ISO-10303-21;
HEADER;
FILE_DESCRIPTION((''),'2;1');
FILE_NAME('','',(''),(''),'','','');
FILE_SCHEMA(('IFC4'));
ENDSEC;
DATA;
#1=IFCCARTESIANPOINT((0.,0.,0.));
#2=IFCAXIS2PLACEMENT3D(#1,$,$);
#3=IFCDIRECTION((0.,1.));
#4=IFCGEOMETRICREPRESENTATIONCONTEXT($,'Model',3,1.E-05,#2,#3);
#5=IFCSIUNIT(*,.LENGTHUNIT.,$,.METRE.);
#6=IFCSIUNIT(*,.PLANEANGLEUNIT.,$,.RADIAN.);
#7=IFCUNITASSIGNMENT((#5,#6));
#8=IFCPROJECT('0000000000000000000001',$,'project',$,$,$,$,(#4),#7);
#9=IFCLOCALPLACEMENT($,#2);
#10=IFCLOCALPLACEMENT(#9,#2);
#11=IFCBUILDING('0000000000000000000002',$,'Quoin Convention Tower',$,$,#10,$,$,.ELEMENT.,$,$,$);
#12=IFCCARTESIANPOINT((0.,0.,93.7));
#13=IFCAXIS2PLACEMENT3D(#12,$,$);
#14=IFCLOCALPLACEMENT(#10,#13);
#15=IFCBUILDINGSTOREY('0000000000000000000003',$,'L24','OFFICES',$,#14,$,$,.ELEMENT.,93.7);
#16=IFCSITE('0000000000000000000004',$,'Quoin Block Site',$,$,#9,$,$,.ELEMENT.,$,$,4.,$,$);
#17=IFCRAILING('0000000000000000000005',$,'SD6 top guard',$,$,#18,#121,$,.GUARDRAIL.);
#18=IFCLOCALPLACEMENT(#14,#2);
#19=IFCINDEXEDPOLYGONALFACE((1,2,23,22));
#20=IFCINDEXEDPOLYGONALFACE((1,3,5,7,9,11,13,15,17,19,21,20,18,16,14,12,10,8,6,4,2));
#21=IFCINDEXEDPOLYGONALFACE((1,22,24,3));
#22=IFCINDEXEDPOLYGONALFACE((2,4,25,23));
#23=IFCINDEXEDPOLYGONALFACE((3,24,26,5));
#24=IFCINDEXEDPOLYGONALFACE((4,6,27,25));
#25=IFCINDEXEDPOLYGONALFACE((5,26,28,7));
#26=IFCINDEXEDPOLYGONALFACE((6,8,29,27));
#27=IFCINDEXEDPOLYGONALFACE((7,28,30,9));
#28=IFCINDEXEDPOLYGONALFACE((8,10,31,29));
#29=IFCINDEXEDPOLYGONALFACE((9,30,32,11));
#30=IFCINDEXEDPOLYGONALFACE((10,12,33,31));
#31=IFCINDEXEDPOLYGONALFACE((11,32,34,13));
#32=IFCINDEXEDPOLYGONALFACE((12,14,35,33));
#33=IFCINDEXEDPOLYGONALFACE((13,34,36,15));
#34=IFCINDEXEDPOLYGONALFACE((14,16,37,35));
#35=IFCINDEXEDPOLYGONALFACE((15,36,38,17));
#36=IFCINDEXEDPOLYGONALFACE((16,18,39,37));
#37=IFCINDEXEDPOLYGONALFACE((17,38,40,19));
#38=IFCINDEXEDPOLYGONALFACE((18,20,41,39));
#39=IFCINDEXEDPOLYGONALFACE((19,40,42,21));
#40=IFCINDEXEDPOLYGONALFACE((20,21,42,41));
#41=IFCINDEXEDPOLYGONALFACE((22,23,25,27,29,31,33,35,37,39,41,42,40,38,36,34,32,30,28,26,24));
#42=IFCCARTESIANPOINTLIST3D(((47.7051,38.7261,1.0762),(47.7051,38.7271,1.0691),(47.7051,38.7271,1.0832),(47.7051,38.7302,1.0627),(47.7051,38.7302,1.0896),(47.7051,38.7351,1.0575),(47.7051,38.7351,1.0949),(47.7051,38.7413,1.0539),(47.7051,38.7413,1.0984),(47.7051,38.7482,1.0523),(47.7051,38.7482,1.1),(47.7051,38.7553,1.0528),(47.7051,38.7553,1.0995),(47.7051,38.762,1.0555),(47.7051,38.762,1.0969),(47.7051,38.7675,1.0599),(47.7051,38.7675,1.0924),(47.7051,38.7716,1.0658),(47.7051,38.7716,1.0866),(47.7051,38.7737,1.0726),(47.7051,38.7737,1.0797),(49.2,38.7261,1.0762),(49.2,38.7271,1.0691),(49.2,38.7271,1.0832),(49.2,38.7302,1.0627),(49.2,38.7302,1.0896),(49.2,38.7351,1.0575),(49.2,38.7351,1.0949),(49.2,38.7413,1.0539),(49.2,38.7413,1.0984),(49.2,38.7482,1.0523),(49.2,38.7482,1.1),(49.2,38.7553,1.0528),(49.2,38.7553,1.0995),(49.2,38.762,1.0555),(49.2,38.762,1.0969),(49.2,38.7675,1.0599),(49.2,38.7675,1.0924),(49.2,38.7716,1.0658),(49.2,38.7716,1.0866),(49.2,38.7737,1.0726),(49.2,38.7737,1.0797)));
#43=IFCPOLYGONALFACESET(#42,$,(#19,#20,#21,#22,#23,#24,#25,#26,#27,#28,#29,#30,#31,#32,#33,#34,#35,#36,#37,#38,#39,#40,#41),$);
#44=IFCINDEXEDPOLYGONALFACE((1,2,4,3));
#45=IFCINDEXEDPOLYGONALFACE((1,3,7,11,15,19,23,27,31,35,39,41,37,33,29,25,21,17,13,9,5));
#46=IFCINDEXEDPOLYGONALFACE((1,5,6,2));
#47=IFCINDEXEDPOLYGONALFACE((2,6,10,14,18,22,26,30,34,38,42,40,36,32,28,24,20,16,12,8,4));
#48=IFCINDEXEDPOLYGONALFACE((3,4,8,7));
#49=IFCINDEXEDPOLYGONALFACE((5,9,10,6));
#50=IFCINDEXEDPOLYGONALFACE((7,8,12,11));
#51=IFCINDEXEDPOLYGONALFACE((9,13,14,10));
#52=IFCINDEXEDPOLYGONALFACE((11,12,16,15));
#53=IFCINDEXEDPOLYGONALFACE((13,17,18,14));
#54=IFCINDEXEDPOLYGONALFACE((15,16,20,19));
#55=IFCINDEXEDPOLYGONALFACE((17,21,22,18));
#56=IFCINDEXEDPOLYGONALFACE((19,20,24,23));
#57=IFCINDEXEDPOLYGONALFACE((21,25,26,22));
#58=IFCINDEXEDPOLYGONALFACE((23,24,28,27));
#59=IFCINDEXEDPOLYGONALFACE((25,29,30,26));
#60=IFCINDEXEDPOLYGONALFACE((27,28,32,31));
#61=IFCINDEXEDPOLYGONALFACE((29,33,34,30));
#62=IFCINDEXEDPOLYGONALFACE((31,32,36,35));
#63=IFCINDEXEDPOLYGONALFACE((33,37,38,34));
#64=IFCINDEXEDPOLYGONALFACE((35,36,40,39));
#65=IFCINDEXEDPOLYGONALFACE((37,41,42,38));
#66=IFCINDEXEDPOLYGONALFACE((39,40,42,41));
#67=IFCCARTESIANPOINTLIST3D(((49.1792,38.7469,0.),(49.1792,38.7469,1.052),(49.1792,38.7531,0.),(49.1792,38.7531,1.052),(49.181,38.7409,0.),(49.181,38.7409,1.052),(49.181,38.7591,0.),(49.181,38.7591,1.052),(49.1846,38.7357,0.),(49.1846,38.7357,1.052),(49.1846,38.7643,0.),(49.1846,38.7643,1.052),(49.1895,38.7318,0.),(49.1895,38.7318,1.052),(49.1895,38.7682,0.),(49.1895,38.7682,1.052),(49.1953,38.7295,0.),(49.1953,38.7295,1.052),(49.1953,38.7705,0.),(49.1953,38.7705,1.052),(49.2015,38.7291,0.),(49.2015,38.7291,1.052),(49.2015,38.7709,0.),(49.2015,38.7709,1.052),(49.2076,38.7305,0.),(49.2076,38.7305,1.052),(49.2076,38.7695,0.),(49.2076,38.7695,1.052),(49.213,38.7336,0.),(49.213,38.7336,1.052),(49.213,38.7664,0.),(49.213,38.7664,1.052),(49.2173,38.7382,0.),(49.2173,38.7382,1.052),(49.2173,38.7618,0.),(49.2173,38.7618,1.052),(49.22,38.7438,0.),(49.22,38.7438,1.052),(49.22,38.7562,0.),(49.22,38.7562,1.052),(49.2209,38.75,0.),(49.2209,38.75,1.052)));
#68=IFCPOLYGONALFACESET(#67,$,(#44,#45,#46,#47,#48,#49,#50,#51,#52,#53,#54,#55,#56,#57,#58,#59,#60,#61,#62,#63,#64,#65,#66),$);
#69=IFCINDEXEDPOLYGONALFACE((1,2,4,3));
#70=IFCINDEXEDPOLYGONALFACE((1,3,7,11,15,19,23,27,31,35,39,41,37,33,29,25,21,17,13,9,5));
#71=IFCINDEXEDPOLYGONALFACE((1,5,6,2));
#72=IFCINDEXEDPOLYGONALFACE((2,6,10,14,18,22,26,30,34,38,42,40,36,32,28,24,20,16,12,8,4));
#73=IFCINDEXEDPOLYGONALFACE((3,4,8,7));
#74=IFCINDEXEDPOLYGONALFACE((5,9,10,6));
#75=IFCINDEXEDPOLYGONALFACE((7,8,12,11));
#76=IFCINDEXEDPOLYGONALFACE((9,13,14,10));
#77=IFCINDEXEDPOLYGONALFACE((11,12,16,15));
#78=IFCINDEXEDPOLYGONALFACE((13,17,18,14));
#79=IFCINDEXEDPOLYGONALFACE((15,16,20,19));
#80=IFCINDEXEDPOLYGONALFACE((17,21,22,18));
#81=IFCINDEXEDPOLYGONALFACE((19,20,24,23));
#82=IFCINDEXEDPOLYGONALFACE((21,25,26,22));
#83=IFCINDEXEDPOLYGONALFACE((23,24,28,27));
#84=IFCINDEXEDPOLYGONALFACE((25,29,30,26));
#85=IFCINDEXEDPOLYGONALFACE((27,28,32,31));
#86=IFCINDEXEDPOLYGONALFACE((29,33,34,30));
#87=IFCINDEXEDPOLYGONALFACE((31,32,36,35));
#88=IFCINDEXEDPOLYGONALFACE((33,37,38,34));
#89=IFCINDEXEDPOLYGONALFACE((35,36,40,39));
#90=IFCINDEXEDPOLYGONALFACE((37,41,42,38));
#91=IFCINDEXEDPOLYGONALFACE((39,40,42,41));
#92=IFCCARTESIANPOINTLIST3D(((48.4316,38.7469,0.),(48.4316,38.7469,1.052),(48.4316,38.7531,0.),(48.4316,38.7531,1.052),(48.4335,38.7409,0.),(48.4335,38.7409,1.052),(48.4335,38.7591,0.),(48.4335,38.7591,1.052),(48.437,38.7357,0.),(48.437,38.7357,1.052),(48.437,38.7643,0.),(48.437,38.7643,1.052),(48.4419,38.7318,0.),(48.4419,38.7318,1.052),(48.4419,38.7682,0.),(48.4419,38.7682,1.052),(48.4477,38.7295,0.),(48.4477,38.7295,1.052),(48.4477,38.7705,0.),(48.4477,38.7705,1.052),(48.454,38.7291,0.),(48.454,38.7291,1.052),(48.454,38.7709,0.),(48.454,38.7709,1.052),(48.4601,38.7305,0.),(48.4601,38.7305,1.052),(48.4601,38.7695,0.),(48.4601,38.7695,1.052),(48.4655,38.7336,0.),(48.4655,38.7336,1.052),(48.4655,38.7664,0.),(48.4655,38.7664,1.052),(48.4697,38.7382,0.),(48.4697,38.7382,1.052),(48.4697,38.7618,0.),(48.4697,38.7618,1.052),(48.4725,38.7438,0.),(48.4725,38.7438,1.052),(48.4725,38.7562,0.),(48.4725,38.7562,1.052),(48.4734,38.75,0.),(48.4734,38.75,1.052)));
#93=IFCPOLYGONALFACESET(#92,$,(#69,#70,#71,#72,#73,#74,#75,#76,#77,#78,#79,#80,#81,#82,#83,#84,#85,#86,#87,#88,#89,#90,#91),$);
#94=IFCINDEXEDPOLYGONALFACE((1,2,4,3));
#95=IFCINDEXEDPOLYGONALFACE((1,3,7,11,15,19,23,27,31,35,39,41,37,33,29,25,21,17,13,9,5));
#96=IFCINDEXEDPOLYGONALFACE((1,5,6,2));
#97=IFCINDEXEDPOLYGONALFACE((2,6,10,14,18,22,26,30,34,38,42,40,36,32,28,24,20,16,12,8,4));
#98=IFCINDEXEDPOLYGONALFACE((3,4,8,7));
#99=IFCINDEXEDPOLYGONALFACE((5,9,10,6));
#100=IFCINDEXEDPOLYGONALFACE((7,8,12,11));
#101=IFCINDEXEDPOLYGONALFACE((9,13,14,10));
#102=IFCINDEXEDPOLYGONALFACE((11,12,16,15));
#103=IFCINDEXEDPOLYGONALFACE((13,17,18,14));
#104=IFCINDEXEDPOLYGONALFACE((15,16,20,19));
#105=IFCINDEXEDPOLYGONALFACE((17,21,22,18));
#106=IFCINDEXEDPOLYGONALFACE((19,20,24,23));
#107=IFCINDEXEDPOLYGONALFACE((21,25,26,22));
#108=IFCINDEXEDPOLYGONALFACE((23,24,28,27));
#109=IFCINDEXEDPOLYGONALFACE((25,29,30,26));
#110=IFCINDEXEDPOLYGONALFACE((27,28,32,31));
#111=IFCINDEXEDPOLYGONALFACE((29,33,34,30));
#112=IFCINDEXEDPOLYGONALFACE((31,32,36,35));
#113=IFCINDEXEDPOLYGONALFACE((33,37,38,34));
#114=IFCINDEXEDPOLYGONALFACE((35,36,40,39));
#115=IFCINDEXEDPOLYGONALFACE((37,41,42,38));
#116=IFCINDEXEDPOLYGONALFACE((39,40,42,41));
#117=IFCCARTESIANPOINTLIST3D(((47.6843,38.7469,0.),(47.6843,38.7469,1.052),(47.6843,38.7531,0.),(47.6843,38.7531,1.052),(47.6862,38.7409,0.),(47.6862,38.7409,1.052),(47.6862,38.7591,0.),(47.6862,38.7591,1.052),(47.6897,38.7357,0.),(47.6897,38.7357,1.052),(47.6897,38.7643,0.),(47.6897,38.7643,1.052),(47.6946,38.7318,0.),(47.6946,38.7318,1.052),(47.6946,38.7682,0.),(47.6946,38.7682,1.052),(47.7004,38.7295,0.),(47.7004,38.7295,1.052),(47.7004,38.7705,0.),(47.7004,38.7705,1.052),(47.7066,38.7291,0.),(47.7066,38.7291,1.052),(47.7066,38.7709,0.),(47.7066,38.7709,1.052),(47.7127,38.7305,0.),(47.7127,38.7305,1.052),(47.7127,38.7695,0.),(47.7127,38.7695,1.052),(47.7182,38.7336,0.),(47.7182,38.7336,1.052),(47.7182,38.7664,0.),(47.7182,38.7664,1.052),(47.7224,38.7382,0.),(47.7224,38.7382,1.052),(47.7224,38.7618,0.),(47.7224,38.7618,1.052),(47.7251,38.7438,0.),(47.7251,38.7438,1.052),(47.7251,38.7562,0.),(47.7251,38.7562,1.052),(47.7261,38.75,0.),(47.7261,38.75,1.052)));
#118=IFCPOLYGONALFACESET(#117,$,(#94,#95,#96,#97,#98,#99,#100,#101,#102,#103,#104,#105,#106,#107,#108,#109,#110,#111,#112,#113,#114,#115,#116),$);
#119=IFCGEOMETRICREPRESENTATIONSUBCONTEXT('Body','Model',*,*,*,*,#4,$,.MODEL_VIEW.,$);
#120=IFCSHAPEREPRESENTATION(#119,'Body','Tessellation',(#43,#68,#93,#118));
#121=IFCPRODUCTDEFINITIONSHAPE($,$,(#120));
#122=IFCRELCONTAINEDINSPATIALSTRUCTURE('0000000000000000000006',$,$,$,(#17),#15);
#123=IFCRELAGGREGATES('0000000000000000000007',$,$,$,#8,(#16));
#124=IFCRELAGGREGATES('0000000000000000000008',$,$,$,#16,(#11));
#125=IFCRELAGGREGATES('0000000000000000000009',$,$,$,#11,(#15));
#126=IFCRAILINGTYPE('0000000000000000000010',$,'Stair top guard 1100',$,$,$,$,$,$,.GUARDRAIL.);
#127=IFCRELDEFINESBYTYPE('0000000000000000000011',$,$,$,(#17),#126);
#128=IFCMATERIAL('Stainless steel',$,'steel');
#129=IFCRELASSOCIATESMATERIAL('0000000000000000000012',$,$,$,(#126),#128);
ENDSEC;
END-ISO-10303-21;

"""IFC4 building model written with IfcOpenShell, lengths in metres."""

from ifc_helpers import new_model, si_unit, direction, frame, origin, origin_2d, place, context, subcontext, project, spatial, circle, extrude, material, type_object, element, save


model = new_model("IFC4")

# Units and contexts
model_context = context("Model", 3, precision=1e-05, world=origin(), true_north=direction((0.0, 1.0)))
body_context = subcontext(model_context, "Body", "Model", "MODEL_VIEW")
ifc_project = project(units=[si_unit("LENGTHUNIT", "METRE"), si_unit("PLANEANGLEUNIT", "RADIAN")], contexts=[model_context])

# Site, building, storey
site_placement = place(None, origin())
site = spatial("IfcSite", under=ifc_project, at=site_placement, Name="Quoin Block Site", CompositionType="ELEMENT", RefElevation=4.0)
building_placement = place(site_placement, origin())
building = spatial("IfcBuilding", under=site, at=building_placement, Name="Quoin Convention Tower", CompositionType="ELEMENT")
storey_placement = place(building_placement, frame((0.0, 0.0, 93.7)))
storey = spatial("IfcBuildingStorey", under=building, at=storey_placement, Name="L24", Description="OFFICES", CompositionType="ELEMENT", Elevation=93.7)

# Railing
ifc_material_1 = material(Name="Stainless steel", Category="steel")
railing_type_1 = type_object("IfcRailingType", Name="Stair top guard 1100", PredefinedType="GUARDRAIL", material=ifc_material_1)
railing_1_placement = place(storey_placement, frame((49.2, 38.75, 0.0)))
element("IfcRailing", 1, at=railing_1_placement, inside=storey, type_object=railing_type_1, Name="SD6 top guard", PredefinedType="GUARDRAIL", context=body_context, shape_type="SweptSolid", body=[
    extrude(circle(Radius=0.0239, at=origin_2d()), frame((0.0, 0.0, 1.0762), z_axis=(-1.0, 0.0, 0.0), x_axis=(0.0, -1.0, 0.0)), (0.0, 0.0, 1.0), 1.4949),
    extrude(circle(Radius=0.021, at=origin_2d()), origin(), (0.0, 0.0, 1.0), 1.052),
    extrude(circle(Radius=0.021, at=origin_2d()), frame((-0.7476, 0.0, 0.0)), (0.0, 0.0, 1.0), 1.052),
    extrude(circle(Radius=0.021, at=origin_2d()), frame((-1.4949, 0.0, 0.0)), (0.0, 0.0, 1.0), 1.052),
])

save(model, "model.ifc")
